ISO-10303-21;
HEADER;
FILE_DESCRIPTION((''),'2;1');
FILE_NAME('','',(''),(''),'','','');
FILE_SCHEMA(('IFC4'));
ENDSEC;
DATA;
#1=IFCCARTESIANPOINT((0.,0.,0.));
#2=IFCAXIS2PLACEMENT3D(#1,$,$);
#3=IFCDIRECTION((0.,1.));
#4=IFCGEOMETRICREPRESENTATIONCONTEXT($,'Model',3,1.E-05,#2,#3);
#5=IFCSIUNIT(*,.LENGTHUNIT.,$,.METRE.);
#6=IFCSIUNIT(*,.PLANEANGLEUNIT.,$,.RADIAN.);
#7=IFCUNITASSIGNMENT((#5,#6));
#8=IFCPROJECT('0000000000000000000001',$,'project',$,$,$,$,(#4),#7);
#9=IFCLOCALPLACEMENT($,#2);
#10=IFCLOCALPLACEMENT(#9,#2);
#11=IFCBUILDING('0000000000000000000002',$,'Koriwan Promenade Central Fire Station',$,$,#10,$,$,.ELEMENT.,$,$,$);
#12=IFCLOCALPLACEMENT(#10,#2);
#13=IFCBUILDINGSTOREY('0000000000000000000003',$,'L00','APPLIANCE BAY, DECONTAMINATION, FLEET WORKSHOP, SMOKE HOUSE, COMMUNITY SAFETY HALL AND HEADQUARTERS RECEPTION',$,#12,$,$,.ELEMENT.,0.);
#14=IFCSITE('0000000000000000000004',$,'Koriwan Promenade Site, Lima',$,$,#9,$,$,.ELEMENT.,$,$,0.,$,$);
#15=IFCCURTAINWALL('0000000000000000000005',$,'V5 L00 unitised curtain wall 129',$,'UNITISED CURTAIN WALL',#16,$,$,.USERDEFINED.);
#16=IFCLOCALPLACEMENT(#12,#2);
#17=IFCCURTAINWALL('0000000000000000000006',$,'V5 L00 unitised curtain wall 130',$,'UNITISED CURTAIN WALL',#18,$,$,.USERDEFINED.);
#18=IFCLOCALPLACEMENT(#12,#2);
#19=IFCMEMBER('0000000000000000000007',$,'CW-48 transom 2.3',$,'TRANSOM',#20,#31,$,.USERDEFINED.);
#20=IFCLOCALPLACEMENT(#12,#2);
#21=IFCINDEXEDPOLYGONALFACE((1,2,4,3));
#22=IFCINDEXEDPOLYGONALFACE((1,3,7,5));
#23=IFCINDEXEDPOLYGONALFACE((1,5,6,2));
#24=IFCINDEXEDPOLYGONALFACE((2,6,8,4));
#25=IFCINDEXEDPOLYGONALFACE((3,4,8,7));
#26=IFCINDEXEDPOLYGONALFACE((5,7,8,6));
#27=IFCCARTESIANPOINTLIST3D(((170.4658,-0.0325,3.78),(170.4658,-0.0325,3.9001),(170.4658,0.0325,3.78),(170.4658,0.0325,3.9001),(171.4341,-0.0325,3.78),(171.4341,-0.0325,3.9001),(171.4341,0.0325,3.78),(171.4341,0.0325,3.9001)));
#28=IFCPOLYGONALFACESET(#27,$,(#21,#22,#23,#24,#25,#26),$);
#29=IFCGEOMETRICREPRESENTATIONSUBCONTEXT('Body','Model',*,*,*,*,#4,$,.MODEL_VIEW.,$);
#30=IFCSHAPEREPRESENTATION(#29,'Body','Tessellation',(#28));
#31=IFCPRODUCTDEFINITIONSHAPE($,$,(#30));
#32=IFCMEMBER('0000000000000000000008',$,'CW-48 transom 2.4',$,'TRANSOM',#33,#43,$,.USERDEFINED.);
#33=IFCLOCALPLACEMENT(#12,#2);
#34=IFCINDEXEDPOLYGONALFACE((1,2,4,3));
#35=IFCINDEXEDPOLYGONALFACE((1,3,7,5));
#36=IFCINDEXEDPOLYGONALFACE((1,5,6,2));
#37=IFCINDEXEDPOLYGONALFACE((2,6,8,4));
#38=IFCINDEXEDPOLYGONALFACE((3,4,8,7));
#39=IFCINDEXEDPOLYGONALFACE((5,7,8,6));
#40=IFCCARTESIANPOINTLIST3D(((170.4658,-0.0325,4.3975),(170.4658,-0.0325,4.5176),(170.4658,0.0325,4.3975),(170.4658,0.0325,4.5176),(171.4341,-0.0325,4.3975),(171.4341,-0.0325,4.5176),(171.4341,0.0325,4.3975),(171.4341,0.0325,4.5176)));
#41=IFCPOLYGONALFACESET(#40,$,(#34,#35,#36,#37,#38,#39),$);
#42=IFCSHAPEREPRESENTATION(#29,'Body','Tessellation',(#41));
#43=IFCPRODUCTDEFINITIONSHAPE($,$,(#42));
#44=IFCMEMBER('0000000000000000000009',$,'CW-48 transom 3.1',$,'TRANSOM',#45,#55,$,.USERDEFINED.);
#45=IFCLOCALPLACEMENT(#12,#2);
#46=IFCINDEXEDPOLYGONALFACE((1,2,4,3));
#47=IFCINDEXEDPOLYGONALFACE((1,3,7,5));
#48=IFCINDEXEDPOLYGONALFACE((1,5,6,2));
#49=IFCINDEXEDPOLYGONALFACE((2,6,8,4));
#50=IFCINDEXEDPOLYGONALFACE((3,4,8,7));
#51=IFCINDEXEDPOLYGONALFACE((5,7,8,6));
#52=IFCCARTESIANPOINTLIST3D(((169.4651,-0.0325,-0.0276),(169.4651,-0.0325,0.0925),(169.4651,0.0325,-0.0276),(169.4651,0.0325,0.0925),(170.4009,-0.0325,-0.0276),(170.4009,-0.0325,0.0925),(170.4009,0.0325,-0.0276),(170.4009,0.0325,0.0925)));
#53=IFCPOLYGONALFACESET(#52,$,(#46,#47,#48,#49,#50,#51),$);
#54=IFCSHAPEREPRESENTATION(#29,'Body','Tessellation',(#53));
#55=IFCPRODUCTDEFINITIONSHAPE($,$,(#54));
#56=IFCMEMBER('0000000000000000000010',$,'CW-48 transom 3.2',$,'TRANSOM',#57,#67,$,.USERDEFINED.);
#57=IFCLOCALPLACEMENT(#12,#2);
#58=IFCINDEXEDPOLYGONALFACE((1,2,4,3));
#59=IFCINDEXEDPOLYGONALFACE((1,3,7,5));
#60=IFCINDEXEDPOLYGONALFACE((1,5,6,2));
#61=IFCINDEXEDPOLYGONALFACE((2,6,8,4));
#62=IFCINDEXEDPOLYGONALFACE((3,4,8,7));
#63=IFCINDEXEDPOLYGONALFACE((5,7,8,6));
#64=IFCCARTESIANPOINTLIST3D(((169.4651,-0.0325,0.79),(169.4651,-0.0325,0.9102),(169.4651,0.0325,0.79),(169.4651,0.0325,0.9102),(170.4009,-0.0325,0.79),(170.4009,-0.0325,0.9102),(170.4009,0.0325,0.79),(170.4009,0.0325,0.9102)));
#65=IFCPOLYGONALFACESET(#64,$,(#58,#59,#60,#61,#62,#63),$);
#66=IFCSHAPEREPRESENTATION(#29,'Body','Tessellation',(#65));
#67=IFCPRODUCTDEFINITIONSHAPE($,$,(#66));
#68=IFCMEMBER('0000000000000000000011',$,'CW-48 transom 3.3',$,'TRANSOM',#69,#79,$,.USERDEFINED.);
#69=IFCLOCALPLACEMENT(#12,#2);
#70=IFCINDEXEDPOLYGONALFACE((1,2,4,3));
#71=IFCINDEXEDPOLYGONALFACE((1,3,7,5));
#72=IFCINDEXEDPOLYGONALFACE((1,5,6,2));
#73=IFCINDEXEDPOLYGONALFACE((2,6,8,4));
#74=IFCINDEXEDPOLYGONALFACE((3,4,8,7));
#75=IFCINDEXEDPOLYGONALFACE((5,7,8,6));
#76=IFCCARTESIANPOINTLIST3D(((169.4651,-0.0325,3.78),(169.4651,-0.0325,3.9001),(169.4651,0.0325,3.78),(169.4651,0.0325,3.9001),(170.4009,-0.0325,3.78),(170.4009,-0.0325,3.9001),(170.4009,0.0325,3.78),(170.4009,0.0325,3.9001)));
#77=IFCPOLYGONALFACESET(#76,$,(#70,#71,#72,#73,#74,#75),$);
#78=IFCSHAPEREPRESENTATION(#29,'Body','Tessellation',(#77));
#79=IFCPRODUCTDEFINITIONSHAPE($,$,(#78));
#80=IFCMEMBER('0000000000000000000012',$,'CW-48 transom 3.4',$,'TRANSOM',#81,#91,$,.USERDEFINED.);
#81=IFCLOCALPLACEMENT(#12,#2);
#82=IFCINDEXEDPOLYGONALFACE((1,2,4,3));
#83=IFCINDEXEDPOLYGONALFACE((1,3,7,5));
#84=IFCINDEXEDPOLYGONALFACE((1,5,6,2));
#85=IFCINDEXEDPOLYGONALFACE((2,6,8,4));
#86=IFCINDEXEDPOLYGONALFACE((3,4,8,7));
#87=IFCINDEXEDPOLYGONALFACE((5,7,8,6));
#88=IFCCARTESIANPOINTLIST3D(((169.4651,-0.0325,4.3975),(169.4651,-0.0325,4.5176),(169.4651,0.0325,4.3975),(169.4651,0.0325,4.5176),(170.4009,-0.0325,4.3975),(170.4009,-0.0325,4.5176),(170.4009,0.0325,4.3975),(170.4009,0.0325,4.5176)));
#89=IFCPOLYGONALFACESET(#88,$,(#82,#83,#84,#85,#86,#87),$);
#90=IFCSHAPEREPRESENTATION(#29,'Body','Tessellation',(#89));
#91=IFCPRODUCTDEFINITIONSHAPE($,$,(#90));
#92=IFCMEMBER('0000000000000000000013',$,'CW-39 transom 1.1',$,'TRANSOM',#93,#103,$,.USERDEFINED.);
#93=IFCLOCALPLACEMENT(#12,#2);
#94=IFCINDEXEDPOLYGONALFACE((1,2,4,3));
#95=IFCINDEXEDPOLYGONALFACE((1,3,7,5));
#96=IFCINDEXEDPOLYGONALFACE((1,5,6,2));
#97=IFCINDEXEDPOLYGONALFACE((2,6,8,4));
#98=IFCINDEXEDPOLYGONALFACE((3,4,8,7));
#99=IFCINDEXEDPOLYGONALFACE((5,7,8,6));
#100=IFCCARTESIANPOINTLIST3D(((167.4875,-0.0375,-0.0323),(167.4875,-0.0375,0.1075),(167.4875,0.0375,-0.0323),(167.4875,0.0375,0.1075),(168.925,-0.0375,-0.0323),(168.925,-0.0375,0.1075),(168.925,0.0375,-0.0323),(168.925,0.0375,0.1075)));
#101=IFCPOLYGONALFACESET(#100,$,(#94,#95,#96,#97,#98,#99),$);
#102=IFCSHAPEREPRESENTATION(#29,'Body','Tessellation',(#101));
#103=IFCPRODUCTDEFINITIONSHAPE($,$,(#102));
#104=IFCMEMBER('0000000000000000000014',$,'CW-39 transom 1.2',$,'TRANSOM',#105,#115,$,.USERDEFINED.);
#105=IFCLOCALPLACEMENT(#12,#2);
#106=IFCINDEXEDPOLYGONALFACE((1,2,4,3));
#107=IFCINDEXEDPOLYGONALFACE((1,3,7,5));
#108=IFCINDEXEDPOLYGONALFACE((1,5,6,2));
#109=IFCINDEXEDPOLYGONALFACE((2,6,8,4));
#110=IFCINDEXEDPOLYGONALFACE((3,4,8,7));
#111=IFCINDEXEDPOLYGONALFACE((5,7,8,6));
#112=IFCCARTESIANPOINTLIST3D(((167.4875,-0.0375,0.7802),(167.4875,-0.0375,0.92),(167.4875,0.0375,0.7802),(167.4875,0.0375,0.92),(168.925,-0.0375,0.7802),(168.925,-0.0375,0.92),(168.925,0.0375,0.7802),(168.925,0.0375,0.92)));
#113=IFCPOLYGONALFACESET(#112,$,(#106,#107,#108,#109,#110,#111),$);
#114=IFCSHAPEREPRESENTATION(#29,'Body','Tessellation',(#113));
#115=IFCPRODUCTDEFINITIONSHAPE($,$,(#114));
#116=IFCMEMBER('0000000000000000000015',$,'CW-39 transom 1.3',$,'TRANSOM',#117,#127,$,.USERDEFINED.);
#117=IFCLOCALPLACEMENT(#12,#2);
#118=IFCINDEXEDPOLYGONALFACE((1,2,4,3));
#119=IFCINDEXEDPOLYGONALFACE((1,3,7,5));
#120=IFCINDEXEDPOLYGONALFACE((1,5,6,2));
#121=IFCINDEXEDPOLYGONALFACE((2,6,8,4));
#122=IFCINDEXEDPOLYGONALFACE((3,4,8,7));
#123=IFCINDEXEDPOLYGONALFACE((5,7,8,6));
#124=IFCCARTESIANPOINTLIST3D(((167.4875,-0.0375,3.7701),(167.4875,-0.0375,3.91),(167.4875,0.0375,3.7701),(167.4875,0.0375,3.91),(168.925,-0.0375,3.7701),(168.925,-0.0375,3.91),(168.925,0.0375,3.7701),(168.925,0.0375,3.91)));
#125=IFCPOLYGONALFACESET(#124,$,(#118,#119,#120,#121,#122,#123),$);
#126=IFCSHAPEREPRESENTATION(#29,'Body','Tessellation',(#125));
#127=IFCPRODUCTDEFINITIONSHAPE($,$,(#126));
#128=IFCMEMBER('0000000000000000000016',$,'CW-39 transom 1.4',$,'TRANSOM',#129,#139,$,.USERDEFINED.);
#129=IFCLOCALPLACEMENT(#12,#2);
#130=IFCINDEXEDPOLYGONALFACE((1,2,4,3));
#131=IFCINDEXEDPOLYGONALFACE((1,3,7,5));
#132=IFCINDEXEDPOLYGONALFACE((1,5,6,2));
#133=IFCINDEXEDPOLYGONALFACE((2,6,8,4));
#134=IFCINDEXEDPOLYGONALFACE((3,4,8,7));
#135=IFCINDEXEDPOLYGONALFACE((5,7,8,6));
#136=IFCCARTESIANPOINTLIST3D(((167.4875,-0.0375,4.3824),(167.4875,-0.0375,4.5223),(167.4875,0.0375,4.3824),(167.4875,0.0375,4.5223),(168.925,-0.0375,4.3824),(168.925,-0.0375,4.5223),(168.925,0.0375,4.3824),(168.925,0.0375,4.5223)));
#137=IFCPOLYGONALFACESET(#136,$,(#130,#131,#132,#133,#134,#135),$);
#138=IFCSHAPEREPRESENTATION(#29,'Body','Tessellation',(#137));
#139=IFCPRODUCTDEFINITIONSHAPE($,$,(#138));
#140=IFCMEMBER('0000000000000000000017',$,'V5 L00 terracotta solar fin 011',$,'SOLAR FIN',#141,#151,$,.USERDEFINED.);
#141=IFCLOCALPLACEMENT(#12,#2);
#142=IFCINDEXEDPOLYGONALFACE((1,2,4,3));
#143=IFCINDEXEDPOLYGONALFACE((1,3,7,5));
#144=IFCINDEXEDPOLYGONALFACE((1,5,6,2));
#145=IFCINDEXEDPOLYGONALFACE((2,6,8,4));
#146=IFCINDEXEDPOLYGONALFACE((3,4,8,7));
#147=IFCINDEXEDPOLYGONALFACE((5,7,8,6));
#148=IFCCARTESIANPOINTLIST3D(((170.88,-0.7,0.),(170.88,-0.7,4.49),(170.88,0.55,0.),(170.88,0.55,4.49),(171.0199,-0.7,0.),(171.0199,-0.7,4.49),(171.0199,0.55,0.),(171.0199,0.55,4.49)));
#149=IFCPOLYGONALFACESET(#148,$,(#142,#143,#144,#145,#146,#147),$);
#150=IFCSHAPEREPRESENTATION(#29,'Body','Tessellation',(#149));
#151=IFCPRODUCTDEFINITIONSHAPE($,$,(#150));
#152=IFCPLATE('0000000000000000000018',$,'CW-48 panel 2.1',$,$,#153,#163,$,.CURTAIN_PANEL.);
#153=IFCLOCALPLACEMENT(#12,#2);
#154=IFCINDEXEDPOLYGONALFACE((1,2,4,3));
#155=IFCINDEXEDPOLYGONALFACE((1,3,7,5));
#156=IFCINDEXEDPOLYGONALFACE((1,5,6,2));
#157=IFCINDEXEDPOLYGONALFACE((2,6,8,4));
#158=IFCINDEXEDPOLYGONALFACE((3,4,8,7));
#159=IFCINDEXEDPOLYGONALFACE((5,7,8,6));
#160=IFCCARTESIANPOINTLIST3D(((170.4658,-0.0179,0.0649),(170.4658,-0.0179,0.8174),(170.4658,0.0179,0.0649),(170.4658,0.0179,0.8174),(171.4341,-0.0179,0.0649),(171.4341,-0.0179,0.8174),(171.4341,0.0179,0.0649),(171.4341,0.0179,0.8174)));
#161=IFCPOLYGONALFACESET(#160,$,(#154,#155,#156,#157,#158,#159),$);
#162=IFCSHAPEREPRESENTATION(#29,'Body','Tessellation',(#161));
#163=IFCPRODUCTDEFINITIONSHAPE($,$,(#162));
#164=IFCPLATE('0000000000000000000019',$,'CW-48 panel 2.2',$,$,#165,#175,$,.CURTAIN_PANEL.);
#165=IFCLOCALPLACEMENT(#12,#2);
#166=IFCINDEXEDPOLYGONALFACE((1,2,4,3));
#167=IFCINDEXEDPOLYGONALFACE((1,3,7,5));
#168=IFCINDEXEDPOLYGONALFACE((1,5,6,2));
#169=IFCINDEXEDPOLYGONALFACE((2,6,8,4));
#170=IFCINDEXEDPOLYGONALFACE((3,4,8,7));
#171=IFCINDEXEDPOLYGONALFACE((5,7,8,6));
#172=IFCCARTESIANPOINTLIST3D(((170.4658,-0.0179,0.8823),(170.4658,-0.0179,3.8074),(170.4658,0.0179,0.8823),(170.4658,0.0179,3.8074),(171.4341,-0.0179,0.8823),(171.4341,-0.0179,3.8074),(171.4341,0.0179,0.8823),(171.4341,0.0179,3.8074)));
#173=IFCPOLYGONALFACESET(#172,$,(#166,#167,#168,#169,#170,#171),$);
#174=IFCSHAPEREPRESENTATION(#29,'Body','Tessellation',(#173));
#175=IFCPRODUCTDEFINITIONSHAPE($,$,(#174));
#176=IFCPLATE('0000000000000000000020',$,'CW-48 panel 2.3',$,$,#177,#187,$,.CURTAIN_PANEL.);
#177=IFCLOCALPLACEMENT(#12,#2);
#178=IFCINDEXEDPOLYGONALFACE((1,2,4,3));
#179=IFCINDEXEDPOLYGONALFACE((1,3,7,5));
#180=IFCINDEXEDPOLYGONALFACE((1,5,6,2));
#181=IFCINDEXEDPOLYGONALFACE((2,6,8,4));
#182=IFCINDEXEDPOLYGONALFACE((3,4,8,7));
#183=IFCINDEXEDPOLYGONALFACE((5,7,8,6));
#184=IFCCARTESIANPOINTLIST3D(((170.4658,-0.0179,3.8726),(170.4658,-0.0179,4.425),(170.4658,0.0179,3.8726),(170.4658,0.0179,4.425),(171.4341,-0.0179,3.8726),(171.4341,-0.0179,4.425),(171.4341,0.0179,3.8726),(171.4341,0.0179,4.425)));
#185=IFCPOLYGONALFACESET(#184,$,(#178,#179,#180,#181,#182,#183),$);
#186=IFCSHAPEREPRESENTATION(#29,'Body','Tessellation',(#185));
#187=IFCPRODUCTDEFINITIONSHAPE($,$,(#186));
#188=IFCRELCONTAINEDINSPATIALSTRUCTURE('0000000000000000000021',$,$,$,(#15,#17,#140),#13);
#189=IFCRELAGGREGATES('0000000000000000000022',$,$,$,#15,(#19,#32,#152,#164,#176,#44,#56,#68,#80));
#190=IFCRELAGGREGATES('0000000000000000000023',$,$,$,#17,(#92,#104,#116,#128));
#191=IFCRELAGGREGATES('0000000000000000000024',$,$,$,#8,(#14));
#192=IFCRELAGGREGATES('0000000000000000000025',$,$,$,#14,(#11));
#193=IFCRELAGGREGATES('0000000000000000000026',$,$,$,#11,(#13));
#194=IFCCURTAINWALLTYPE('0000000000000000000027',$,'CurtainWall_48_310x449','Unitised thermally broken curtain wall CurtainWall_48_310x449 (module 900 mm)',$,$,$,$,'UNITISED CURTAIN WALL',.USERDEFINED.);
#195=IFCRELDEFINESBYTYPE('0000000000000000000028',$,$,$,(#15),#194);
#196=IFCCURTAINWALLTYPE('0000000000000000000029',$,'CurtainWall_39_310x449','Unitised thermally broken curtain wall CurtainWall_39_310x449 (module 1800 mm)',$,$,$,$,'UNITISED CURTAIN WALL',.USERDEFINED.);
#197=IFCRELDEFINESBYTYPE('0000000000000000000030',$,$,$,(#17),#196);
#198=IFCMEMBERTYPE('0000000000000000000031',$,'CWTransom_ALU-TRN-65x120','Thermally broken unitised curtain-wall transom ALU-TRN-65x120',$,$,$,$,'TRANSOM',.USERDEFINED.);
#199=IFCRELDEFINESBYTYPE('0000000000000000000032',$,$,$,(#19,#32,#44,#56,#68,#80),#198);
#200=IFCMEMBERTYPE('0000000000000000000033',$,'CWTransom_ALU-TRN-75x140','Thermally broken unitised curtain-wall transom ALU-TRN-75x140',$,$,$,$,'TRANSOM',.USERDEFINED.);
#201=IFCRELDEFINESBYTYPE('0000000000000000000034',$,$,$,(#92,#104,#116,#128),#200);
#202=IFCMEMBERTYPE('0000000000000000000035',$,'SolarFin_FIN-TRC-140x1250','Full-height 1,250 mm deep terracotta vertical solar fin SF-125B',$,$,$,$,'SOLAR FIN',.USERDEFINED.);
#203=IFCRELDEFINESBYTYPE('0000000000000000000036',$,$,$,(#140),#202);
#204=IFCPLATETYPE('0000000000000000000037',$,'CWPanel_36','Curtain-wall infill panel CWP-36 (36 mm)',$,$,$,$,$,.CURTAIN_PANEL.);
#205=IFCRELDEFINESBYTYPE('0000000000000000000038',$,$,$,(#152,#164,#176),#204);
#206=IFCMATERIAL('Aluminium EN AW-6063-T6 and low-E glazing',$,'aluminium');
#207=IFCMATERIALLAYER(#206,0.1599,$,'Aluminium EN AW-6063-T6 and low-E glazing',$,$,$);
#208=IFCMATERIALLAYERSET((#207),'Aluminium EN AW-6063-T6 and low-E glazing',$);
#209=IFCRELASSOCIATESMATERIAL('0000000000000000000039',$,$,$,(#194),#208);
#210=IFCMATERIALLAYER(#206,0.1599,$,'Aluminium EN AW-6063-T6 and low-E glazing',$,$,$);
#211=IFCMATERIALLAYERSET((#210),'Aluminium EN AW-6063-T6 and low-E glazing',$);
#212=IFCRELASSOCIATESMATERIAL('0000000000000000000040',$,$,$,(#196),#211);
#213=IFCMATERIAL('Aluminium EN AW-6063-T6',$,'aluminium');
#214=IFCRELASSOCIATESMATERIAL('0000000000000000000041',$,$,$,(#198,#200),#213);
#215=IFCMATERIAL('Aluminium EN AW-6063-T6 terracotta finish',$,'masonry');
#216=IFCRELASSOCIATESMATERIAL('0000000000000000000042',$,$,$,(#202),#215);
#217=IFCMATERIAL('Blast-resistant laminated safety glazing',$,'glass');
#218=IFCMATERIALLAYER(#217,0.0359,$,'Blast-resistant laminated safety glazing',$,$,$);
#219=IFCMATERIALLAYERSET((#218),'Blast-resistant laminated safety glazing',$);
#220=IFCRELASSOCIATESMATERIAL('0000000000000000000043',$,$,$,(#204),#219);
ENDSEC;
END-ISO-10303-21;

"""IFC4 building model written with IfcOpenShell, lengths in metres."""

from ifc_helpers import new_model, si_unit, direction, frame, origin, origin_2d, place, context, subcontext, project, spatial, rectangle, extrude, material, layer, layer_set, material_profile, profile_set, type_object, element, aggregate, save


model = new_model("IFC4")

# Units and contexts
model_context = context("Model", 3, precision=1e-05, world=origin(), true_north=direction((0.0, 1.0)))
body_context = subcontext(model_context, "Body", "Model", "MODEL_VIEW")
ifc_project = project(units=[si_unit("LENGTHUNIT", "METRE"), si_unit("PLANEANGLEUNIT", "RADIAN")], contexts=[model_context])

# Site, building, storey
site_placement = place(None, origin())
site = spatial("IfcSite", under=ifc_project, at=site_placement, Name="Koriwan Promenade Site, Lima", CompositionType="ELEMENT", RefElevation=0.0)
building_placement = place(site_placement, origin())
building = spatial("IfcBuilding", under=site, at=building_placement, Name="Koriwan Promenade Central Fire Station", CompositionType="ELEMENT")
storey_placement = place(building_placement, origin())
storey = spatial("IfcBuildingStorey", under=building, at=storey_placement, Name="L00", Description="APPLIANCE BAY, DECONTAMINATION, FLEET WORKSHOP, SMOKE HOUSE, COMMUNITY SAFETY HALL AND HEADQUARTERS RECEPTION", CompositionType="ELEMENT", Elevation=0.0)

# Curtain walls
ifc_material_1 = material(Name="Aluminium EN AW-6063-T6 and low-E glazing", Category="aluminium")
ifc_layer_1 = layer(ifc_material_1, 0.1599, Name="Aluminium EN AW-6063-T6 and low-E glazing")
ifc_layer_set_1 = layer_set([ifc_layer_1], Name="Aluminium EN AW-6063-T6 and low-E glazing")
curtain_wall_type_1 = type_object("IfcCurtainWallType", Name="CurtainWall_48_310x449", Description="Unitised thermally broken curtain wall CurtainWall_48_310x449 (module 900 mm)", ElementType="UNITISED CURTAIN WALL", PredefinedType="USERDEFINED", material=ifc_layer_set_1)
curtain_wall_1_placement = place(storey_placement, origin())
curtain_wall_1 = element("IfcCurtainWall", 1, at=curtain_wall_1_placement, inside=storey, type_object=curtain_wall_type_1, Name="V5 L00 unitised curtain wall 129", ObjectType="UNITISED CURTAIN WALL", PredefinedType="USERDEFINED")
ifc_material_2 = material(Name="Aluminium EN AW-6063-T6", Category="aluminium")
ifc_layer_2 = layer(ifc_material_1, 0.1599, Name="Aluminium EN AW-6063-T6 and low-E glazing")
ifc_layer_set_2 = layer_set([ifc_layer_2], Name="Aluminium EN AW-6063-T6 and low-E glazing")
curtain_wall_type_2 = type_object("IfcCurtainWallType", Name="CurtainWall_39_310x449", Description="Unitised thermally broken curtain wall CurtainWall_39_310x449 (module 1800 mm)", ElementType="UNITISED CURTAIN WALL", PredefinedType="USERDEFINED", material=ifc_layer_set_2)
curtain_wall_2_placement = place(storey_placement, origin())
curtain_wall_2 = element("IfcCurtainWall", 2, at=curtain_wall_2_placement, inside=storey, type_object=curtain_wall_type_2, Name="V5 L00 unitised curtain wall 130", ObjectType="UNITISED CURTAIN WALL", PredefinedType="USERDEFINED")

# Members
ifc_material_profile_1 = material_profile(ifc_material_2, rectangle(XDim=0.0649, YDim=0.1201, at=origin_2d()), Name="ALU-TRN-65x120")
ifc_profile_set_1 = profile_set([ifc_material_profile_1], Name="Aluminium EN AW-6063-T6")
member_type_1 = type_object("IfcMemberType", Name="CWTransom_ALU-TRN-65x120", Description="Thermally broken unitised curtain-wall transom ALU-TRN-65x120", ElementType="TRANSOM", PredefinedType="USERDEFINED", material=ifc_profile_set_1)
member_1_placement = place(storey_placement, frame((171.4341, 0.0, 3.8401), z_axis=(-1.0, 0.0, 0.0), x_axis=(0.0, -1.0, 0.0)))
member_1 = element("IfcMember", 3, at=member_1_placement, type_object=member_type_1, Name="CW-48 transom 2.3", ObjectType="TRANSOM", PredefinedType="USERDEFINED", context=body_context, shape_type="SweptSolid", body=[
    extrude(rectangle(XDim=0.0649, YDim=0.1201, at=origin_2d()), origin(), (0.0, 0.0, 1.0), 0.9683),
])
member_2_placement = place(storey_placement, frame((171.4341, 0.0, 4.4575), z_axis=(-1.0, 0.0, 0.0), x_axis=(0.0, -1.0, 0.0)))
member_2 = element("IfcMember", 4, at=member_2_placement, type_object=member_type_1, Name="CW-48 transom 2.4", ObjectType="TRANSOM", PredefinedType="USERDEFINED", context=body_context, shape_type="SweptSolid", body=[
    extrude(rectangle(XDim=0.0649, YDim=0.1201, at=origin_2d()), origin(), (0.0, 0.0, 1.0), 0.9683),
])
member_3_placement = place(storey_placement, frame((170.4009, 0.0, 0.0325), z_axis=(-1.0, 0.0, 0.0), x_axis=(0.0, -1.0, 0.0)))
member_3 = element("IfcMember", 5, at=member_3_placement, type_object=member_type_1, Name="CW-48 transom 3.1", ObjectType="TRANSOM", PredefinedType="USERDEFINED", context=body_context, shape_type="SweptSolid", body=[
    extrude(rectangle(XDim=0.0649, YDim=0.1201, at=origin_2d()), origin(), (0.0, 0.0, 1.0), 0.9358),
])
member_4_placement = place(storey_placement, frame((170.4009, 0.0, 0.8501), z_axis=(-1.0, 0.0, 0.0), x_axis=(0.0, -1.0, 0.0)))
member_4 = element("IfcMember", 6, at=member_4_placement, type_object=member_type_1, Name="CW-48 transom 3.2", ObjectType="TRANSOM", PredefinedType="USERDEFINED", context=body_context, shape_type="SweptSolid", body=[
    extrude(rectangle(XDim=0.0649, YDim=0.1201, at=origin_2d()), origin(), (0.0, 0.0, 1.0), 0.9358),
])
member_5_placement = place(storey_placement, frame((170.4009, 0.0, 3.8401), z_axis=(-1.0, 0.0, 0.0), x_axis=(0.0, -1.0, 0.0)))
member_5 = element("IfcMember", 7, at=member_5_placement, type_object=member_type_1, Name="CW-48 transom 3.3", ObjectType="TRANSOM", PredefinedType="USERDEFINED", context=body_context, shape_type="SweptSolid", body=[
    extrude(rectangle(XDim=0.0649, YDim=0.1201, at=origin_2d()), origin(), (0.0, 0.0, 1.0), 0.9358),
])
member_6_placement = place(storey_placement, frame((170.4009, 0.0, 4.4575), z_axis=(-1.0, 0.0, 0.0), x_axis=(0.0, -1.0, 0.0)))
member_6 = element("IfcMember", 8, at=member_6_placement, type_object=member_type_1, Name="CW-48 transom 3.4", ObjectType="TRANSOM", PredefinedType="USERDEFINED", context=body_context, shape_type="SweptSolid", body=[
    extrude(rectangle(XDim=0.0649, YDim=0.1201, at=origin_2d()), origin(), (0.0, 0.0, 1.0), 0.9358),
])
ifc_material_profile_2 = material_profile(ifc_material_2, rectangle(XDim=0.075, YDim=0.1399, at=origin_2d()), Name="ALU-TRN-75x140")
ifc_profile_set_2 = profile_set([ifc_material_profile_2], Name="Aluminium EN AW-6063-T6")
member_type_2 = type_object("IfcMemberType", Name="CWTransom_ALU-TRN-75x140", Description="Thermally broken unitised curtain-wall transom ALU-TRN-75x140", ElementType="TRANSOM", PredefinedType="USERDEFINED", material=ifc_profile_set_2)
member_7_placement = place(storey_placement, frame((168.925, 0.0, 0.0376), z_axis=(-1.0, 0.0, 0.0), x_axis=(0.0, -1.0, 0.0)))
member_7 = element("IfcMember", 9, at=member_7_placement, type_object=member_type_2, Name="CW-39 transom 1.1", ObjectType="TRANSOM", PredefinedType="USERDEFINED", context=body_context, shape_type="SweptSolid", body=[
    extrude(rectangle(XDim=0.075, YDim=0.1399, at=origin_2d()), origin(), (0.0, 0.0, 1.0), 1.4375),
])
member_8_placement = place(storey_placement, frame((168.925, 0.0, 0.8501), z_axis=(-1.0, 0.0, 0.0), x_axis=(0.0, -1.0, 0.0)))
member_8 = element("IfcMember", 10, at=member_8_placement, type_object=member_type_2, Name="CW-39 transom 1.2", ObjectType="TRANSOM", PredefinedType="USERDEFINED", context=body_context, shape_type="SweptSolid", body=[
    extrude(rectangle(XDim=0.075, YDim=0.1399, at=origin_2d()), origin(), (0.0, 0.0, 1.0), 1.4375),
])
member_9_placement = place(storey_placement, frame((168.925, 0.0, 3.8401), z_axis=(-1.0, 0.0, 0.0), x_axis=(0.0, -1.0, 0.0)))
member_9 = element("IfcMember", 11, at=member_9_placement, type_object=member_type_2, Name="CW-39 transom 1.3", ObjectType="TRANSOM", PredefinedType="USERDEFINED", context=body_context, shape_type="SweptSolid", body=[
    extrude(rectangle(XDim=0.075, YDim=0.1399, at=origin_2d()), origin(), (0.0, 0.0, 1.0), 1.4375),
])
member_10_placement = place(storey_placement, frame((168.925, 0.0, 4.4524), z_axis=(-1.0, 0.0, 0.0), x_axis=(0.0, -1.0, 0.0)))
member_10 = element("IfcMember", 12, at=member_10_placement, type_object=member_type_2, Name="CW-39 transom 1.4", ObjectType="TRANSOM", PredefinedType="USERDEFINED", context=body_context, shape_type="SweptSolid", body=[
    extrude(rectangle(XDim=0.075, YDim=0.1399, at=origin_2d()), origin(), (0.0, 0.0, 1.0), 1.4375),
])
ifc_material_3 = material(Name="Aluminium EN AW-6063-T6 terracotta finish", Category="masonry")
ifc_material_profile_3 = material_profile(ifc_material_3, rectangle(XDim=0.1399, YDim=1.25, at=origin_2d()), Name="FIN-TRC-140x1250")
ifc_profile_set_3 = profile_set([ifc_material_profile_3], Name="Aluminium EN AW-6063-T6 terracotta finish")
member_type_3 = type_object("IfcMemberType", Name="SolarFin_FIN-TRC-140x1250", Description="Full-height 1,250 mm deep terracotta vertical solar fin SF-125B", ElementType="SOLAR FIN", PredefinedType="USERDEFINED", material=ifc_profile_set_3)
member_11_placement = place(storey_placement, frame((170.95, -0.075, 0.0), z_axis=(0.0, 0.0, 1.0), x_axis=(-1.0, 0.0, 0.0)))
element("IfcMember", 13, at=member_11_placement, inside=storey, type_object=member_type_3, Name="V5 L00 terracotta solar fin 011", ObjectType="SOLAR FIN", PredefinedType="USERDEFINED", context=body_context, shape_type="SweptSolid", body=[
    extrude(rectangle(XDim=0.1399, YDim=1.25, at=origin_2d()), origin(), (0.0, 0.0, 1.0), 4.49),
])

# Plates
ifc_material_4 = material(Name="Blast-resistant laminated safety glazing", Category="glass")
ifc_layer_3 = layer(ifc_material_4, 0.0359, Name="Blast-resistant laminated safety glazing")
ifc_layer_set_3 = layer_set([ifc_layer_3], Name="Blast-resistant laminated safety glazing")
plate_type = type_object("IfcPlateType", Name="CWPanel_36", Description="Curtain-wall infill panel CWP-36 (36 mm)", PredefinedType="CURTAIN_PANEL", material=ifc_layer_set_3)
plate_1_placement = place(storey_placement, frame((170.95, 0.0, 0.0649), z_axis=(0.0, 0.0, 1.0), x_axis=(-1.0, 0.0, 0.0)))
plate_1 = element("IfcPlate", 14, at=plate_1_placement, type_object=plate_type, Name="CW-48 panel 2.1", PredefinedType="CURTAIN_PANEL", context=body_context, shape_type="SweptSolid", body=[
    extrude(rectangle(XDim=0.9683, YDim=0.0359, at=origin_2d()), origin(), (0.0, 0.0, 1.0), 0.7524),
])
plate_2_placement = place(storey_placement, frame((170.95, 0.0, 0.8823), z_axis=(0.0, 0.0, 1.0), x_axis=(-1.0, 0.0, 0.0)))
plate_2 = element("IfcPlate", 15, at=plate_2_placement, type_object=plate_type, Name="CW-48 panel 2.2", PredefinedType="CURTAIN_PANEL", context=body_context, shape_type="SweptSolid", body=[
    extrude(rectangle(XDim=0.9683, YDim=0.0359, at=origin_2d()), origin(), (0.0, 0.0, 1.0), 2.925),
])
plate_3_placement = place(storey_placement, frame((170.95, 0.0, 3.8726), z_axis=(0.0, 0.0, 1.0), x_axis=(-1.0, 0.0, 0.0)))
plate_3 = element("IfcPlate", 16, at=plate_3_placement, type_object=plate_type, Name="CW-48 panel 2.3", PredefinedType="CURTAIN_PANEL", context=body_context, shape_type="SweptSolid", body=[
    extrude(rectangle(XDim=0.9683, YDim=0.0359, at=origin_2d()), origin(), (0.0, 0.0, 1.0), 0.5525),
])
aggregate(curtain_wall_1, [member_1, member_2, plate_1, plate_2, plate_3, member_3, member_4, member_5, member_6])
aggregate(curtain_wall_2, [member_7, member_8, member_9, member_10])

save(model, "model.ifc")
